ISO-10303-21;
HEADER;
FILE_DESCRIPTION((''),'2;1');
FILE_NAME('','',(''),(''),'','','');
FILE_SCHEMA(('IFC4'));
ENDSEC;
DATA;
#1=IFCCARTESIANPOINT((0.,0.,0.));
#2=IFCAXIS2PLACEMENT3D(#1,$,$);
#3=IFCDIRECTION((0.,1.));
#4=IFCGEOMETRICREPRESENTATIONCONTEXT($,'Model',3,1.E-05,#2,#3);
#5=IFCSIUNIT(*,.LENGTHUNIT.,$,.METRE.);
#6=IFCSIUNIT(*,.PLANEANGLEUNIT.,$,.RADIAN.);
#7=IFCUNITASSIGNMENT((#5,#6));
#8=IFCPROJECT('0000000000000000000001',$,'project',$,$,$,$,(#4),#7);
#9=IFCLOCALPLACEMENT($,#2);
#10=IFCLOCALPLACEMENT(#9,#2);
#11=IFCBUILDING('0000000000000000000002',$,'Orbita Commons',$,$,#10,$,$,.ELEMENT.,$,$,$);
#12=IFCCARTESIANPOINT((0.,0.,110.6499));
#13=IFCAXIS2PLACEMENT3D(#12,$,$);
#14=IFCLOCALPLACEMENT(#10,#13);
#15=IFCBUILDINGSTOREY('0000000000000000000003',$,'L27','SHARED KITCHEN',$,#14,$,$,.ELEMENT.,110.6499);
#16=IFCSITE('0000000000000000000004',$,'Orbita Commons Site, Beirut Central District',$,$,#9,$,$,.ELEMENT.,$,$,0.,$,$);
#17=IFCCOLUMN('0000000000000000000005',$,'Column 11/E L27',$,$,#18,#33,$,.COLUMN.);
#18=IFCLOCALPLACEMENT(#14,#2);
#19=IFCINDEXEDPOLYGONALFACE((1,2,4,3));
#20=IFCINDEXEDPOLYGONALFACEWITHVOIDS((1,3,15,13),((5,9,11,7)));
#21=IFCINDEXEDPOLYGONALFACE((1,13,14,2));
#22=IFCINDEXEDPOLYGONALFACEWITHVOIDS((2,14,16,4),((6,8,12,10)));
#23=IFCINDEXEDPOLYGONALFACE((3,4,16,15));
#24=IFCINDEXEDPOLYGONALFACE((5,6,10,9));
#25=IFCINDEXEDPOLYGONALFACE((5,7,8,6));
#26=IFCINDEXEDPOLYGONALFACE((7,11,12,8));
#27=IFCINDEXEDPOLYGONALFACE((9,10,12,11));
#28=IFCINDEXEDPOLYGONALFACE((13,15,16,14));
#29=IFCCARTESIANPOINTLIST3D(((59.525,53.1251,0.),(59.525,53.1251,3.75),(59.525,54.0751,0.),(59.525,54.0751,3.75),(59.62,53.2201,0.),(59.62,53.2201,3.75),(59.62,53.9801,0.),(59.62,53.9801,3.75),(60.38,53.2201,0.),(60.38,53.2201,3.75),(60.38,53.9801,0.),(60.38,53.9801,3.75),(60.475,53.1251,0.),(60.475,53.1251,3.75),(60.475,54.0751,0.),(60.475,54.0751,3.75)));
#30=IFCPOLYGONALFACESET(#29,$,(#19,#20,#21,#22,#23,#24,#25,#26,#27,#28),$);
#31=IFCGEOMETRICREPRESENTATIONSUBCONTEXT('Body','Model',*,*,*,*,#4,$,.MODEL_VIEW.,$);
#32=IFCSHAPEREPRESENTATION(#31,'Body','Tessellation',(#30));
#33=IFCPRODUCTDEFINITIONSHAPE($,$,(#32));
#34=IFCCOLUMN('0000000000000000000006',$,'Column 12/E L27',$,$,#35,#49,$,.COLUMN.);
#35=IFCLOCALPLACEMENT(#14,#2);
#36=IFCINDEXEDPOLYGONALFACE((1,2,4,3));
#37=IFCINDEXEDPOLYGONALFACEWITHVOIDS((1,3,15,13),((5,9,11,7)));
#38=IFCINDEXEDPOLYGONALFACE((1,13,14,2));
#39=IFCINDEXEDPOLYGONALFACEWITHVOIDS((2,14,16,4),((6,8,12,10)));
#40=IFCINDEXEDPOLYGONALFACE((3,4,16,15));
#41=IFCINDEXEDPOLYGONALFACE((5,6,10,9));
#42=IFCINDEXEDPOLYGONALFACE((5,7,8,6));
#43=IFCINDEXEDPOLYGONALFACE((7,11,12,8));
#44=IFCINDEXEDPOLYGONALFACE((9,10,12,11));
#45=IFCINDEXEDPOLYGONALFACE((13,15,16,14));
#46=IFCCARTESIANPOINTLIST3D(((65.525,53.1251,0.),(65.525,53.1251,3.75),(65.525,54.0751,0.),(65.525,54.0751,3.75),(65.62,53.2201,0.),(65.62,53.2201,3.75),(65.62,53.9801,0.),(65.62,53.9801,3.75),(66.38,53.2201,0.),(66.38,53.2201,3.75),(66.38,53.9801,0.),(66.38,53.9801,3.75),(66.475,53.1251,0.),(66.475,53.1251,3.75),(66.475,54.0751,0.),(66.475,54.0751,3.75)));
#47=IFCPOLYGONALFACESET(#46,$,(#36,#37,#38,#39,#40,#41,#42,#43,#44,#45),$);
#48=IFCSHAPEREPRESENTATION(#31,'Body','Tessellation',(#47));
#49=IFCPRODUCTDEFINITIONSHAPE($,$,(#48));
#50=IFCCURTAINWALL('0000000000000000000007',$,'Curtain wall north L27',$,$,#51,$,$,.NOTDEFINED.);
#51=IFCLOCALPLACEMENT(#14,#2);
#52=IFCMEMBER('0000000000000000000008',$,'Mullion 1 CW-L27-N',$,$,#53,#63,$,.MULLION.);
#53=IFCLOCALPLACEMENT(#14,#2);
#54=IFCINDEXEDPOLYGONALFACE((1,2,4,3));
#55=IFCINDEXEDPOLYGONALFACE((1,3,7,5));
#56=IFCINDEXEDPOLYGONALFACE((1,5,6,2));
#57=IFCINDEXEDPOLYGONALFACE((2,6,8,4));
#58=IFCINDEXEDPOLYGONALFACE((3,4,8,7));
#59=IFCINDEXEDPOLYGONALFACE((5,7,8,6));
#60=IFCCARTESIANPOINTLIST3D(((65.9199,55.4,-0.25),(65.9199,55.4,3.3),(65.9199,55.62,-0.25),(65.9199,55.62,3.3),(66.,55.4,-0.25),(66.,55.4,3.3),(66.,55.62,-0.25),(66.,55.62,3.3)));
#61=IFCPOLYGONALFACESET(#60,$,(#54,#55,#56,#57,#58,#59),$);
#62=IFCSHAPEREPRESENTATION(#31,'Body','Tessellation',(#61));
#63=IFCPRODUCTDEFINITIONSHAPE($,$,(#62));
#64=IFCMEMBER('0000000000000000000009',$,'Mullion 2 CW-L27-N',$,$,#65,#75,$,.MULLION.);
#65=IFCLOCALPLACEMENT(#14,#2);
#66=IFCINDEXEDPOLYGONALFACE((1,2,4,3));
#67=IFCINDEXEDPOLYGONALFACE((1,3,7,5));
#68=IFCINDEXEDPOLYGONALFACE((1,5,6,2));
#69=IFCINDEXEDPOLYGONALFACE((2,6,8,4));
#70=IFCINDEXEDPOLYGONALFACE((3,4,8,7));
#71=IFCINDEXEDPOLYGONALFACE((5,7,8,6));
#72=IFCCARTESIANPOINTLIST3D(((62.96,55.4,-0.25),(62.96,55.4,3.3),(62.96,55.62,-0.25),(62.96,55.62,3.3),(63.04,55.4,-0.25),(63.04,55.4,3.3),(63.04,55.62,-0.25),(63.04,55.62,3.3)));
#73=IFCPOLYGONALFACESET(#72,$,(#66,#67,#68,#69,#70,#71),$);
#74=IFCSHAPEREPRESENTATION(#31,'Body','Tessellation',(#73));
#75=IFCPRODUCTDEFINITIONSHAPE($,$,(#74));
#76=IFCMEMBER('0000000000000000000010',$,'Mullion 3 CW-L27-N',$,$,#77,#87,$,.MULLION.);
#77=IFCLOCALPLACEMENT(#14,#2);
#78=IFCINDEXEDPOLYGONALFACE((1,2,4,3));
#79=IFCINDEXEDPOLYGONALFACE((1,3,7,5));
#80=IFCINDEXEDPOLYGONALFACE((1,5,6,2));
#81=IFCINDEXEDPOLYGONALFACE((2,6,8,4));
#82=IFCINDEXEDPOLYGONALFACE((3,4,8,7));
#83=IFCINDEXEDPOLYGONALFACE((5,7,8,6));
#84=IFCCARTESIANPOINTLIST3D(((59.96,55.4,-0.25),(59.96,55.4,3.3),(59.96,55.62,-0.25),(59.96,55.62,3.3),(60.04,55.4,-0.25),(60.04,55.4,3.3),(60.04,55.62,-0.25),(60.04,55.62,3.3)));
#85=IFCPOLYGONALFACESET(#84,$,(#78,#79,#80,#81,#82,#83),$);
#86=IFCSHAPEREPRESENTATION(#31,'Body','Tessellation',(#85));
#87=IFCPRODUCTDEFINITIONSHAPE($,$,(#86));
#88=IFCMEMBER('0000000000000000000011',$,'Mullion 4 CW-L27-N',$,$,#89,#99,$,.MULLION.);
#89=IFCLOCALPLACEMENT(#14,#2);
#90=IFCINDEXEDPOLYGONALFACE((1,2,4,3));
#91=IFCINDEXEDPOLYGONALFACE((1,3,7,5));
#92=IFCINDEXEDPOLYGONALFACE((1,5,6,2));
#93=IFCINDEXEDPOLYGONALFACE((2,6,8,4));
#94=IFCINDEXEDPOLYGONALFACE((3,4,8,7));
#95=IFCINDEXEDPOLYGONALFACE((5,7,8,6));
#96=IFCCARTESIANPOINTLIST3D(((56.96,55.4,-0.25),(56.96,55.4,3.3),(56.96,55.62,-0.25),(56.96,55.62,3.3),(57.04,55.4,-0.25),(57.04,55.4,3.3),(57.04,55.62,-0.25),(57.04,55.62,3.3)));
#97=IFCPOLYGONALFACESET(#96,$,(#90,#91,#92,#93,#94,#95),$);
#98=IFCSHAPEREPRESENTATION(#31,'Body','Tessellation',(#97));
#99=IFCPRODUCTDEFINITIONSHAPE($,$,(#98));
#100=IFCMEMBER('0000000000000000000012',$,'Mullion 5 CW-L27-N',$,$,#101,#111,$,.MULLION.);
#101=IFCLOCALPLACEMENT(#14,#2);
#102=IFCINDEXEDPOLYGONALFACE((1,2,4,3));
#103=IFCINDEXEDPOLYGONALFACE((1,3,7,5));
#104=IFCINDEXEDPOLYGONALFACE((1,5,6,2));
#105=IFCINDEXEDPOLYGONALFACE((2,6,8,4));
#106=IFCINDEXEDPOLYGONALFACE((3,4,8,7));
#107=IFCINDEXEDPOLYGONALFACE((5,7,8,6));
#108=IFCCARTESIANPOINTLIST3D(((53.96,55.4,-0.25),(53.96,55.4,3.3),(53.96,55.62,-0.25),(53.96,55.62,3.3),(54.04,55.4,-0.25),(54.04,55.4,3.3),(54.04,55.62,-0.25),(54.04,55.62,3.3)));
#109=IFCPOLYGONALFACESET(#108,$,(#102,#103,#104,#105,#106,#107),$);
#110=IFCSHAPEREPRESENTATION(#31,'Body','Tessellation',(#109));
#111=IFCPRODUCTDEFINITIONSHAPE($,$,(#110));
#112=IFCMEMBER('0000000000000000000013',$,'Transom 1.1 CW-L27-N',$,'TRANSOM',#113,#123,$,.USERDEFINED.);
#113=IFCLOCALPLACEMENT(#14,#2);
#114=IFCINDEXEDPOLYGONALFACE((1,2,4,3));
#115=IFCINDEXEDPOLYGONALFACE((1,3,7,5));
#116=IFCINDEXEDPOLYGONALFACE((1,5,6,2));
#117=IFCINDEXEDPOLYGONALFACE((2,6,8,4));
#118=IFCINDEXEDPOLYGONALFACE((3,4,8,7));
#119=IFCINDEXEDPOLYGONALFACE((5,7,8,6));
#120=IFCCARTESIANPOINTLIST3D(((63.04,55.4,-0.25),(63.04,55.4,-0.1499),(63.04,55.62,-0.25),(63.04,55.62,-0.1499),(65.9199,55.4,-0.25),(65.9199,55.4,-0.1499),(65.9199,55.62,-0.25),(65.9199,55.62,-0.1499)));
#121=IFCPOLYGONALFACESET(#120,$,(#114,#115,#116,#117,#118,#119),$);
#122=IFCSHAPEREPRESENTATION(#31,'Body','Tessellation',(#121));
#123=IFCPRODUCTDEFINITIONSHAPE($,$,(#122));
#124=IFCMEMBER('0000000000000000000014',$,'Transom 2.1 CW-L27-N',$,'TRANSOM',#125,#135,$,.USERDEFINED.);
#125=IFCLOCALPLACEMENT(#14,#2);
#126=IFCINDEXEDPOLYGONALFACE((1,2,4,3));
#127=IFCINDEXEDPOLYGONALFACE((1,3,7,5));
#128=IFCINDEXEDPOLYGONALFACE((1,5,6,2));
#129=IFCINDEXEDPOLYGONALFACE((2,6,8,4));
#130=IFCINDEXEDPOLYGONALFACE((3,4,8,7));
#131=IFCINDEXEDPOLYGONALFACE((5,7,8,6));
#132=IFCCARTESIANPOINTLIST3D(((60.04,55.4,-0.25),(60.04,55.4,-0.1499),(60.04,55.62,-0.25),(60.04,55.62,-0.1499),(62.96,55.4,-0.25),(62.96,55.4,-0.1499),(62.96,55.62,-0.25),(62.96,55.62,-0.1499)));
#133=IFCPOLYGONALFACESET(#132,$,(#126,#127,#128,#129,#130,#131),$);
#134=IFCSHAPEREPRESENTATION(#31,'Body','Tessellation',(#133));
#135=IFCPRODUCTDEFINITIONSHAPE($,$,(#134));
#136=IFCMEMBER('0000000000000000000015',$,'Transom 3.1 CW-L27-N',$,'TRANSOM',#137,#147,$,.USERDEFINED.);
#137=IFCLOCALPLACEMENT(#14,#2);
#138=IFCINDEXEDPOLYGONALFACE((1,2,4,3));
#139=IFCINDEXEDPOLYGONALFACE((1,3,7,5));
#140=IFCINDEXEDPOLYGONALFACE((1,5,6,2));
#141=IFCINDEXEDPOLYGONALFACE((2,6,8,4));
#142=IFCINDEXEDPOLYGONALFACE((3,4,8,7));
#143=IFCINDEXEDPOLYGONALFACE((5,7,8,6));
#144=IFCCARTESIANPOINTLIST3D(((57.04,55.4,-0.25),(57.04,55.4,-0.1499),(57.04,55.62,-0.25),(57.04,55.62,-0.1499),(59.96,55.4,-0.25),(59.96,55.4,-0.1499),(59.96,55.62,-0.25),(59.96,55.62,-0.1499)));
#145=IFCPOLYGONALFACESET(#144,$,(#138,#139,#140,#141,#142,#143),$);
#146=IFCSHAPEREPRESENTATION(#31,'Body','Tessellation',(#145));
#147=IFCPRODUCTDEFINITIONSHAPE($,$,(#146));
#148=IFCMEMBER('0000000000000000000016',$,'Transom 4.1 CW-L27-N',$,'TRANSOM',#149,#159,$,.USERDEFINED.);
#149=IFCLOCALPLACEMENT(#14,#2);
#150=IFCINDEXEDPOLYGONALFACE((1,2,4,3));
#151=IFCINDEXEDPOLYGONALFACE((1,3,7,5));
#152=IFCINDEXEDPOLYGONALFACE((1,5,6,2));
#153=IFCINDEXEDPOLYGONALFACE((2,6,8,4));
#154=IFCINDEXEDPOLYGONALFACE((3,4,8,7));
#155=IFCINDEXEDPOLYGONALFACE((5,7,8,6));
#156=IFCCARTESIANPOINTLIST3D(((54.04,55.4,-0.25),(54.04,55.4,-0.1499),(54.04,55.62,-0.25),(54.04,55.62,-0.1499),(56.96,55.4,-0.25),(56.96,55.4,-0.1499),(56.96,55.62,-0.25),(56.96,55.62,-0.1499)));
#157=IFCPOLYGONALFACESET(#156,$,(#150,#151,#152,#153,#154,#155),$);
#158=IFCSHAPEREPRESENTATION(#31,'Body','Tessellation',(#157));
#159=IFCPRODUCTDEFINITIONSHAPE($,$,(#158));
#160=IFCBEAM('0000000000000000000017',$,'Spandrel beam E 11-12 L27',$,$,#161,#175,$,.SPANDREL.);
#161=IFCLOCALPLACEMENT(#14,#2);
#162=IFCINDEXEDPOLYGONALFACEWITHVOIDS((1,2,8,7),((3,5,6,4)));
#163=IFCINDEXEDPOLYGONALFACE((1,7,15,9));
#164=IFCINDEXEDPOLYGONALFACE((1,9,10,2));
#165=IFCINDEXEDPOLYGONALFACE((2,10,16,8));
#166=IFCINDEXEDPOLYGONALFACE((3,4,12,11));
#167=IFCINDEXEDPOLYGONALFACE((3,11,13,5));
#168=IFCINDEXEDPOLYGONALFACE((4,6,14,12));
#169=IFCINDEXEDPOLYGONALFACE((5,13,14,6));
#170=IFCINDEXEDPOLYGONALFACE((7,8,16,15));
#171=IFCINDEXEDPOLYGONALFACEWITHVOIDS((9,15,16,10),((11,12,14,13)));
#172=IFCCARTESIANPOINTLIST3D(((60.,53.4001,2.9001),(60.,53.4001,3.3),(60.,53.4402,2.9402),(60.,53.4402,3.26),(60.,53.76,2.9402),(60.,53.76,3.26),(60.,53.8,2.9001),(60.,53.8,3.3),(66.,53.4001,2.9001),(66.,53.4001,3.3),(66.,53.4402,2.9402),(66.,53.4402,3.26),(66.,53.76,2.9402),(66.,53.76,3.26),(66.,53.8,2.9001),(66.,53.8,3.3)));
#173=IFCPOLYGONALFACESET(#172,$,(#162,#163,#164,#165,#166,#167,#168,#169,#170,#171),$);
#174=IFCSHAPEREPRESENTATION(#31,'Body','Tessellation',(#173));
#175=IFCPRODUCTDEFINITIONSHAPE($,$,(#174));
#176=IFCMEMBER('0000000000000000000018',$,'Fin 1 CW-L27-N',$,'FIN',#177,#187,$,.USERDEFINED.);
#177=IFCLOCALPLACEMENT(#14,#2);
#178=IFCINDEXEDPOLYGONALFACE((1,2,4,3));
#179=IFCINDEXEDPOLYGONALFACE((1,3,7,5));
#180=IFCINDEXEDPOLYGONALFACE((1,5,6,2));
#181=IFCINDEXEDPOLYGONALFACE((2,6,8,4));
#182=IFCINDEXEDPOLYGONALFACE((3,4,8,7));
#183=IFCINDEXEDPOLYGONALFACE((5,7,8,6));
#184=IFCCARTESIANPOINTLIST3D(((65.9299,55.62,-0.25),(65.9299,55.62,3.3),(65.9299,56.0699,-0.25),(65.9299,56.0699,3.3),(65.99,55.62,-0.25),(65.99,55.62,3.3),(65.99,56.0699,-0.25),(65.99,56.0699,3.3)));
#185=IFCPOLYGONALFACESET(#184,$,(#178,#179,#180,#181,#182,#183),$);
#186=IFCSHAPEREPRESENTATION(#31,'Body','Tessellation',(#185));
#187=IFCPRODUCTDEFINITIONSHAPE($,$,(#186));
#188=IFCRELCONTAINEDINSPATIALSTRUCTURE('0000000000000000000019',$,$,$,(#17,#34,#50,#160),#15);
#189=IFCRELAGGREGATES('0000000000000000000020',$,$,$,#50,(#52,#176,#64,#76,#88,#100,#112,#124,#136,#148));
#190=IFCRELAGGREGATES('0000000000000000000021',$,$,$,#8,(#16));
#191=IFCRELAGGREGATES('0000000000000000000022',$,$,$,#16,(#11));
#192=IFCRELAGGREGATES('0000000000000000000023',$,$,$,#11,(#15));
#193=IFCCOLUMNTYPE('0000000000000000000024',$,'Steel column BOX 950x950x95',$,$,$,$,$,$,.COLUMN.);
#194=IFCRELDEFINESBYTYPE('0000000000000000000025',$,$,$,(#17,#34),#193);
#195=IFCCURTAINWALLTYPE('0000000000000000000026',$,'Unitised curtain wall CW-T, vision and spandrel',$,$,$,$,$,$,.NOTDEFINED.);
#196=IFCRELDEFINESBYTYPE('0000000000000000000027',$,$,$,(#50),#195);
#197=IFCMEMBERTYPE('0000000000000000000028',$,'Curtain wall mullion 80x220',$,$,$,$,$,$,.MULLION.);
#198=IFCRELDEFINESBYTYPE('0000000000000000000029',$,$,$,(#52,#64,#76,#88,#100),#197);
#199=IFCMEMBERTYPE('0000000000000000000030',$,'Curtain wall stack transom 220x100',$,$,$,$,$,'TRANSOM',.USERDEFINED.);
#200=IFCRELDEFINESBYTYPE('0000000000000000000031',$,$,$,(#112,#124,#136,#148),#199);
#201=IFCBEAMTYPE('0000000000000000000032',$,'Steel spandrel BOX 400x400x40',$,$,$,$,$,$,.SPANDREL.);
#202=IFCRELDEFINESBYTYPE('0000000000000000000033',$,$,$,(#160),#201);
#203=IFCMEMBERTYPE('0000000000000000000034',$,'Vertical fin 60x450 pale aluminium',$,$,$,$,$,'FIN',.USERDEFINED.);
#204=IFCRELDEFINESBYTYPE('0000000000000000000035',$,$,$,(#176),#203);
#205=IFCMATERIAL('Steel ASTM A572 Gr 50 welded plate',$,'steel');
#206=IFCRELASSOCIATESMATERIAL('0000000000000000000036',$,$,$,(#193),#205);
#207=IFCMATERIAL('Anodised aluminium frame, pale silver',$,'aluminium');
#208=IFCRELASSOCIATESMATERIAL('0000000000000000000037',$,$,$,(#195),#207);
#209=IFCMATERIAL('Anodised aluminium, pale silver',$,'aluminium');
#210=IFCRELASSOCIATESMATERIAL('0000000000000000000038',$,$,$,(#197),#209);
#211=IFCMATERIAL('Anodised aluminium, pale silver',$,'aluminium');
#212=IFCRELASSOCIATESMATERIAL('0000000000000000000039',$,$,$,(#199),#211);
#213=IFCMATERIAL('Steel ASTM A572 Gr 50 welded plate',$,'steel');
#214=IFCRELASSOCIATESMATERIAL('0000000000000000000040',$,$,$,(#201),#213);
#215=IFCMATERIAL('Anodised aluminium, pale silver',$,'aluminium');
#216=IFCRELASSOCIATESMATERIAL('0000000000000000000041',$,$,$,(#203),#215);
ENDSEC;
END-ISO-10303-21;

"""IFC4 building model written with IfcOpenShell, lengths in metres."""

from ifc_helpers import new_model, si_unit, direction, frame, origin, origin_2d, place, context, subcontext, project, spatial, rectangle, hollow_rectangle, extrude, material, material_profile, profile_set, type_object, element, aggregate, save


model = new_model("IFC4")

# Units and contexts
model_context = context("Model", 3, precision=1e-05, world=origin(), true_north=direction((0.0, 1.0)))
body_context = subcontext(model_context, "Body", "Model", "MODEL_VIEW")
ifc_project = project(units=[si_unit("LENGTHUNIT", "METRE"), si_unit("PLANEANGLEUNIT", "RADIAN")], contexts=[model_context])

# Site, building, storey
site_placement = place(None, origin())
site = spatial("IfcSite", under=ifc_project, at=site_placement, Name="Orbita Commons Site, Beirut Central District", CompositionType="ELEMENT", RefElevation=0.0)
building_placement = place(site_placement, origin())
building = spatial("IfcBuilding", under=site, at=building_placement, Name="Orbita Commons", CompositionType="ELEMENT")
storey_placement = place(building_placement, frame((0.0, 0.0, 110.6499)))
storey = spatial("IfcBuildingStorey", under=building, at=storey_placement, Name="L27", Description="SHARED KITCHEN", CompositionType="ELEMENT", Elevation=110.6499)

# Columns
ifc_material_1 = material(Name="Steel ASTM A572 Gr 50 welded plate", Category="steel")
ifc_material_profile_1 = material_profile(ifc_material_1, hollow_rectangle(XDim=0.95, YDim=0.95, WallThickness=0.095, at=origin_2d()), Name="BOX 950x950x95")
ifc_profile_set_1 = profile_set([ifc_material_profile_1], Name="Steel ASTM A572 Gr 50 welded plate")
column_type = type_object("IfcColumnType", Name="Steel column BOX 950x950x95", PredefinedType="COLUMN", material=ifc_profile_set_1)
for number, where, z_axis, x_axis, name in (
    (1, (60.0, 53.6001, 0.0), (0.0, 0.0, 1.0), (1.0, 0.0, 0.0), "Column 11/E L27"),
    (2, (66.0, 53.6001, 0.0), (0.0, 0.0, 1.0), (1.0, 0.0, 0.0), "Column 12/E L27"),
):
    element("IfcColumn", number, at=place(storey_placement, frame(where, z_axis=z_axis, x_axis=x_axis)), inside=storey, type_object=column_type, Name=name, PredefinedType="COLUMN", context=body_context, shape_type="SweptSolid", body=[
        extrude(hollow_rectangle(XDim=0.95, YDim=0.95, WallThickness=0.095, at=origin_2d()), origin(), (0.0, 0.0, 1.0), 3.75),
    ])

# Curtain wall, members
ifc_material_2 = material(Name="Anodised aluminium frame, pale silver", Category="aluminium")
curtain_wall_type = type_object("IfcCurtainWallType", Name="Unitised curtain wall CW-T, vision and spandrel", PredefinedType="NOTDEFINED", material=ifc_material_2)
curtain_wall_placement = place(storey_placement, origin())
curtain_wall = element("IfcCurtainWall", 3, at=curtain_wall_placement, inside=storey, type_object=curtain_wall_type, Name="Curtain wall north L27", PredefinedType="NOTDEFINED")
ifc_material_3 = material(Name="Anodised aluminium, pale silver", Category="aluminium")
ifc_material_profile_2 = material_profile(ifc_material_3, rectangle(XDim=0.0801, YDim=0.22, at=origin_2d()), Name="AL 80x220")
ifc_profile_set_2 = profile_set([ifc_material_profile_2], Name="Anodised aluminium, pale silver")
member_type_1 = type_object("IfcMemberType", Name="Curtain wall mullion 80x220", PredefinedType="MULLION", material=ifc_profile_set_2)
member_1_placement = place(storey_placement, frame((65.96, 55.51, -0.25), z_axis=(0.0, 0.0, 1.0), x_axis=(-1.0, 0.0, 0.0)))
member_1 = element("IfcMember", 4, at=member_1_placement, type_object=member_type_1, Name="Mullion 1 CW-L27-N", PredefinedType="MULLION", context=body_context, shape_type="SweptSolid", body=[
    extrude(rectangle(XDim=0.0801, YDim=0.22, at=origin_2d()), origin(), (0.0, 0.0, 1.0), 3.55),
])
member_2_placement = place(storey_placement, frame((63.0, 55.51, -0.25), z_axis=(0.0, 0.0, 1.0), x_axis=(-1.0, 0.0, 0.0)))
member_2 = element("IfcMember", 5, at=member_2_placement, type_object=member_type_1, Name="Mullion 2 CW-L27-N", PredefinedType="MULLION", context=body_context, shape_type="SweptSolid", body=[
    extrude(rectangle(XDim=0.0801, YDim=0.22, at=origin_2d()), origin(), (0.0, 0.0, 1.0), 3.55),
])
member_3_placement = place(storey_placement, frame((60.0, 55.51, -0.25), z_axis=(0.0, 0.0, 1.0), x_axis=(-1.0, 0.0, 0.0)))
member_3 = element("IfcMember", 6, at=member_3_placement, type_object=member_type_1, Name="Mullion 3 CW-L27-N", PredefinedType="MULLION", context=body_context, shape_type="SweptSolid", body=[
    extrude(rectangle(XDim=0.0801, YDim=0.22, at=origin_2d()), origin(), (0.0, 0.0, 1.0), 3.55),
])
member_4_placement = place(storey_placement, frame((57.0, 55.51, -0.25), z_axis=(0.0, 0.0, 1.0), x_axis=(-1.0, 0.0, 0.0)))
member_4 = element("IfcMember", 7, at=member_4_placement, type_object=member_type_1, Name="Mullion 4 CW-L27-N", PredefinedType="MULLION", context=body_context, shape_type="SweptSolid", body=[
    extrude(rectangle(XDim=0.0801, YDim=0.22, at=origin_2d()), origin(), (0.0, 0.0, 1.0), 3.55),
])
member_5_placement = place(storey_placement, frame((54.0, 55.51, -0.25), z_axis=(0.0, 0.0, 1.0), x_axis=(-1.0, 0.0, 0.0)))
member_5 = element("IfcMember", 8, at=member_5_placement, type_object=member_type_1, Name="Mullion 5 CW-L27-N", PredefinedType="MULLION", context=body_context, shape_type="SweptSolid", body=[
    extrude(rectangle(XDim=0.0801, YDim=0.22, at=origin_2d()), origin(), (0.0, 0.0, 1.0), 3.55),
])
ifc_material_4 = material(Name="Anodised aluminium, pale silver", Category="aluminium")
ifc_material_profile_3 = material_profile(ifc_material_4, rectangle(XDim=0.22, YDim=0.1001, at=origin_2d()), Name="AL 220x100")
ifc_profile_set_3 = profile_set([ifc_material_profile_3], Name="Anodised aluminium, pale silver")
member_type_2 = type_object("IfcMemberType", Name="Curtain wall stack transom 220x100", ElementType="TRANSOM", PredefinedType="USERDEFINED", material=ifc_profile_set_3)
member_6_placement = place(storey_placement, frame((65.9199, 55.51, -0.2), z_axis=(-1.0, 0.0, 0.0), x_axis=(0.0, -1.0, 0.0)))
member_6 = element("IfcMember", 9, at=member_6_placement, type_object=member_type_2, Name="Transom 1.1 CW-L27-N", ObjectType="TRANSOM", PredefinedType="USERDEFINED", context=body_context, shape_type="SweptSolid", body=[
    extrude(rectangle(XDim=0.22, YDim=0.1001, at=origin_2d()), origin(), (0.0, 0.0, 1.0), 2.8799),
])
member_7_placement = place(storey_placement, frame((62.96, 55.51, -0.2), z_axis=(-1.0, 0.0, 0.0), x_axis=(0.0, -1.0, 0.0)))
member_7 = element("IfcMember", 10, at=member_7_placement, type_object=member_type_2, Name="Transom 2.1 CW-L27-N", ObjectType="TRANSOM", PredefinedType="USERDEFINED", context=body_context, shape_type="SweptSolid", body=[
    extrude(rectangle(XDim=0.22, YDim=0.1001, at=origin_2d()), origin(), (0.0, 0.0, 1.0), 2.9199),
])
member_8_placement = place(storey_placement, frame((59.96, 55.51, -0.2), z_axis=(-1.0, 0.0, 0.0), x_axis=(0.0, -1.0, 0.0)))
member_8 = element("IfcMember", 11, at=member_8_placement, type_object=member_type_2, Name="Transom 3.1 CW-L27-N", ObjectType="TRANSOM", PredefinedType="USERDEFINED", context=body_context, shape_type="SweptSolid", body=[
    extrude(rectangle(XDim=0.22, YDim=0.1001, at=origin_2d()), origin(), (0.0, 0.0, 1.0), 2.9199),
])
member_9_placement = place(storey_placement, frame((56.96, 55.51, -0.2), z_axis=(-1.0, 0.0, 0.0), x_axis=(0.0, -1.0, 0.0)))
member_9 = element("IfcMember", 12, at=member_9_placement, type_object=member_type_2, Name="Transom 4.1 CW-L27-N", ObjectType="TRANSOM", PredefinedType="USERDEFINED", context=body_context, shape_type="SweptSolid", body=[
    extrude(rectangle(XDim=0.22, YDim=0.1001, at=origin_2d()), origin(), (0.0, 0.0, 1.0), 2.9199),
])

# Beam
ifc_material_5 = material(Name="Steel ASTM A572 Gr 50 welded plate", Category="steel")
ifc_material_profile_4 = material_profile(ifc_material_5, hollow_rectangle(XDim=0.3999, YDim=0.3999, WallThickness=0.04, at=origin_2d()), Name="BOX 400x400x40")
ifc_profile_set_4 = profile_set([ifc_material_profile_4], Name="Steel ASTM A572 Gr 50 welded plate")
beam_type = type_object("IfcBeamType", Name="Steel spandrel BOX 400x400x40", PredefinedType="SPANDREL", material=ifc_profile_set_4)
beam_placement = place(storey_placement, frame((60.0, 53.6001, 3.1001), z_axis=(1.0, 0.0, 0.0), x_axis=(0.0, 1.0, 0.0)))
element("IfcBeam", 13, at=beam_placement, inside=storey, type_object=beam_type, Name="Spandrel beam E 11-12 L27", PredefinedType="SPANDREL", context=body_context, shape_type="SweptSolid", body=[
    extrude(hollow_rectangle(XDim=0.3999, YDim=0.3999, WallThickness=0.04, at=origin_2d()), origin(), (0.0, 0.0, 1.0), 6.0),
])

# Member
ifc_material_6 = material(Name="Anodised aluminium, pale silver", Category="aluminium")
ifc_material_profile_5 = material_profile(ifc_material_6, rectangle(XDim=0.0601, YDim=0.45, at=origin_2d()), Name="FIN 60x450")
ifc_profile_set_5 = profile_set([ifc_material_profile_5], Name="Anodised aluminium, pale silver")
member_type_3 = type_object("IfcMemberType", Name="Vertical fin 60x450 pale aluminium", ElementType="FIN", PredefinedType="USERDEFINED", material=ifc_profile_set_5)
member_10_placement = place(storey_placement, frame((65.96, 55.845, -0.25), z_axis=(0.0, 0.0, 1.0), x_axis=(-1.0, 0.0, 0.0)))
member_10 = element("IfcMember", 14, at=member_10_placement, type_object=member_type_3, Name="Fin 1 CW-L27-N", ObjectType="FIN", PredefinedType="USERDEFINED", context=body_context, shape_type="SweptSolid", body=[
    extrude(rectangle(XDim=0.0601, YDim=0.45, at=origin_2d()), origin(), (0.0, 0.0, 1.0), 3.55),
])

aggregate(curtain_wall, [member_1, member_10, member_2, member_3, member_4, member_5, member_6, member_7, member_8, member_9])

save(model, "model.ifc")
